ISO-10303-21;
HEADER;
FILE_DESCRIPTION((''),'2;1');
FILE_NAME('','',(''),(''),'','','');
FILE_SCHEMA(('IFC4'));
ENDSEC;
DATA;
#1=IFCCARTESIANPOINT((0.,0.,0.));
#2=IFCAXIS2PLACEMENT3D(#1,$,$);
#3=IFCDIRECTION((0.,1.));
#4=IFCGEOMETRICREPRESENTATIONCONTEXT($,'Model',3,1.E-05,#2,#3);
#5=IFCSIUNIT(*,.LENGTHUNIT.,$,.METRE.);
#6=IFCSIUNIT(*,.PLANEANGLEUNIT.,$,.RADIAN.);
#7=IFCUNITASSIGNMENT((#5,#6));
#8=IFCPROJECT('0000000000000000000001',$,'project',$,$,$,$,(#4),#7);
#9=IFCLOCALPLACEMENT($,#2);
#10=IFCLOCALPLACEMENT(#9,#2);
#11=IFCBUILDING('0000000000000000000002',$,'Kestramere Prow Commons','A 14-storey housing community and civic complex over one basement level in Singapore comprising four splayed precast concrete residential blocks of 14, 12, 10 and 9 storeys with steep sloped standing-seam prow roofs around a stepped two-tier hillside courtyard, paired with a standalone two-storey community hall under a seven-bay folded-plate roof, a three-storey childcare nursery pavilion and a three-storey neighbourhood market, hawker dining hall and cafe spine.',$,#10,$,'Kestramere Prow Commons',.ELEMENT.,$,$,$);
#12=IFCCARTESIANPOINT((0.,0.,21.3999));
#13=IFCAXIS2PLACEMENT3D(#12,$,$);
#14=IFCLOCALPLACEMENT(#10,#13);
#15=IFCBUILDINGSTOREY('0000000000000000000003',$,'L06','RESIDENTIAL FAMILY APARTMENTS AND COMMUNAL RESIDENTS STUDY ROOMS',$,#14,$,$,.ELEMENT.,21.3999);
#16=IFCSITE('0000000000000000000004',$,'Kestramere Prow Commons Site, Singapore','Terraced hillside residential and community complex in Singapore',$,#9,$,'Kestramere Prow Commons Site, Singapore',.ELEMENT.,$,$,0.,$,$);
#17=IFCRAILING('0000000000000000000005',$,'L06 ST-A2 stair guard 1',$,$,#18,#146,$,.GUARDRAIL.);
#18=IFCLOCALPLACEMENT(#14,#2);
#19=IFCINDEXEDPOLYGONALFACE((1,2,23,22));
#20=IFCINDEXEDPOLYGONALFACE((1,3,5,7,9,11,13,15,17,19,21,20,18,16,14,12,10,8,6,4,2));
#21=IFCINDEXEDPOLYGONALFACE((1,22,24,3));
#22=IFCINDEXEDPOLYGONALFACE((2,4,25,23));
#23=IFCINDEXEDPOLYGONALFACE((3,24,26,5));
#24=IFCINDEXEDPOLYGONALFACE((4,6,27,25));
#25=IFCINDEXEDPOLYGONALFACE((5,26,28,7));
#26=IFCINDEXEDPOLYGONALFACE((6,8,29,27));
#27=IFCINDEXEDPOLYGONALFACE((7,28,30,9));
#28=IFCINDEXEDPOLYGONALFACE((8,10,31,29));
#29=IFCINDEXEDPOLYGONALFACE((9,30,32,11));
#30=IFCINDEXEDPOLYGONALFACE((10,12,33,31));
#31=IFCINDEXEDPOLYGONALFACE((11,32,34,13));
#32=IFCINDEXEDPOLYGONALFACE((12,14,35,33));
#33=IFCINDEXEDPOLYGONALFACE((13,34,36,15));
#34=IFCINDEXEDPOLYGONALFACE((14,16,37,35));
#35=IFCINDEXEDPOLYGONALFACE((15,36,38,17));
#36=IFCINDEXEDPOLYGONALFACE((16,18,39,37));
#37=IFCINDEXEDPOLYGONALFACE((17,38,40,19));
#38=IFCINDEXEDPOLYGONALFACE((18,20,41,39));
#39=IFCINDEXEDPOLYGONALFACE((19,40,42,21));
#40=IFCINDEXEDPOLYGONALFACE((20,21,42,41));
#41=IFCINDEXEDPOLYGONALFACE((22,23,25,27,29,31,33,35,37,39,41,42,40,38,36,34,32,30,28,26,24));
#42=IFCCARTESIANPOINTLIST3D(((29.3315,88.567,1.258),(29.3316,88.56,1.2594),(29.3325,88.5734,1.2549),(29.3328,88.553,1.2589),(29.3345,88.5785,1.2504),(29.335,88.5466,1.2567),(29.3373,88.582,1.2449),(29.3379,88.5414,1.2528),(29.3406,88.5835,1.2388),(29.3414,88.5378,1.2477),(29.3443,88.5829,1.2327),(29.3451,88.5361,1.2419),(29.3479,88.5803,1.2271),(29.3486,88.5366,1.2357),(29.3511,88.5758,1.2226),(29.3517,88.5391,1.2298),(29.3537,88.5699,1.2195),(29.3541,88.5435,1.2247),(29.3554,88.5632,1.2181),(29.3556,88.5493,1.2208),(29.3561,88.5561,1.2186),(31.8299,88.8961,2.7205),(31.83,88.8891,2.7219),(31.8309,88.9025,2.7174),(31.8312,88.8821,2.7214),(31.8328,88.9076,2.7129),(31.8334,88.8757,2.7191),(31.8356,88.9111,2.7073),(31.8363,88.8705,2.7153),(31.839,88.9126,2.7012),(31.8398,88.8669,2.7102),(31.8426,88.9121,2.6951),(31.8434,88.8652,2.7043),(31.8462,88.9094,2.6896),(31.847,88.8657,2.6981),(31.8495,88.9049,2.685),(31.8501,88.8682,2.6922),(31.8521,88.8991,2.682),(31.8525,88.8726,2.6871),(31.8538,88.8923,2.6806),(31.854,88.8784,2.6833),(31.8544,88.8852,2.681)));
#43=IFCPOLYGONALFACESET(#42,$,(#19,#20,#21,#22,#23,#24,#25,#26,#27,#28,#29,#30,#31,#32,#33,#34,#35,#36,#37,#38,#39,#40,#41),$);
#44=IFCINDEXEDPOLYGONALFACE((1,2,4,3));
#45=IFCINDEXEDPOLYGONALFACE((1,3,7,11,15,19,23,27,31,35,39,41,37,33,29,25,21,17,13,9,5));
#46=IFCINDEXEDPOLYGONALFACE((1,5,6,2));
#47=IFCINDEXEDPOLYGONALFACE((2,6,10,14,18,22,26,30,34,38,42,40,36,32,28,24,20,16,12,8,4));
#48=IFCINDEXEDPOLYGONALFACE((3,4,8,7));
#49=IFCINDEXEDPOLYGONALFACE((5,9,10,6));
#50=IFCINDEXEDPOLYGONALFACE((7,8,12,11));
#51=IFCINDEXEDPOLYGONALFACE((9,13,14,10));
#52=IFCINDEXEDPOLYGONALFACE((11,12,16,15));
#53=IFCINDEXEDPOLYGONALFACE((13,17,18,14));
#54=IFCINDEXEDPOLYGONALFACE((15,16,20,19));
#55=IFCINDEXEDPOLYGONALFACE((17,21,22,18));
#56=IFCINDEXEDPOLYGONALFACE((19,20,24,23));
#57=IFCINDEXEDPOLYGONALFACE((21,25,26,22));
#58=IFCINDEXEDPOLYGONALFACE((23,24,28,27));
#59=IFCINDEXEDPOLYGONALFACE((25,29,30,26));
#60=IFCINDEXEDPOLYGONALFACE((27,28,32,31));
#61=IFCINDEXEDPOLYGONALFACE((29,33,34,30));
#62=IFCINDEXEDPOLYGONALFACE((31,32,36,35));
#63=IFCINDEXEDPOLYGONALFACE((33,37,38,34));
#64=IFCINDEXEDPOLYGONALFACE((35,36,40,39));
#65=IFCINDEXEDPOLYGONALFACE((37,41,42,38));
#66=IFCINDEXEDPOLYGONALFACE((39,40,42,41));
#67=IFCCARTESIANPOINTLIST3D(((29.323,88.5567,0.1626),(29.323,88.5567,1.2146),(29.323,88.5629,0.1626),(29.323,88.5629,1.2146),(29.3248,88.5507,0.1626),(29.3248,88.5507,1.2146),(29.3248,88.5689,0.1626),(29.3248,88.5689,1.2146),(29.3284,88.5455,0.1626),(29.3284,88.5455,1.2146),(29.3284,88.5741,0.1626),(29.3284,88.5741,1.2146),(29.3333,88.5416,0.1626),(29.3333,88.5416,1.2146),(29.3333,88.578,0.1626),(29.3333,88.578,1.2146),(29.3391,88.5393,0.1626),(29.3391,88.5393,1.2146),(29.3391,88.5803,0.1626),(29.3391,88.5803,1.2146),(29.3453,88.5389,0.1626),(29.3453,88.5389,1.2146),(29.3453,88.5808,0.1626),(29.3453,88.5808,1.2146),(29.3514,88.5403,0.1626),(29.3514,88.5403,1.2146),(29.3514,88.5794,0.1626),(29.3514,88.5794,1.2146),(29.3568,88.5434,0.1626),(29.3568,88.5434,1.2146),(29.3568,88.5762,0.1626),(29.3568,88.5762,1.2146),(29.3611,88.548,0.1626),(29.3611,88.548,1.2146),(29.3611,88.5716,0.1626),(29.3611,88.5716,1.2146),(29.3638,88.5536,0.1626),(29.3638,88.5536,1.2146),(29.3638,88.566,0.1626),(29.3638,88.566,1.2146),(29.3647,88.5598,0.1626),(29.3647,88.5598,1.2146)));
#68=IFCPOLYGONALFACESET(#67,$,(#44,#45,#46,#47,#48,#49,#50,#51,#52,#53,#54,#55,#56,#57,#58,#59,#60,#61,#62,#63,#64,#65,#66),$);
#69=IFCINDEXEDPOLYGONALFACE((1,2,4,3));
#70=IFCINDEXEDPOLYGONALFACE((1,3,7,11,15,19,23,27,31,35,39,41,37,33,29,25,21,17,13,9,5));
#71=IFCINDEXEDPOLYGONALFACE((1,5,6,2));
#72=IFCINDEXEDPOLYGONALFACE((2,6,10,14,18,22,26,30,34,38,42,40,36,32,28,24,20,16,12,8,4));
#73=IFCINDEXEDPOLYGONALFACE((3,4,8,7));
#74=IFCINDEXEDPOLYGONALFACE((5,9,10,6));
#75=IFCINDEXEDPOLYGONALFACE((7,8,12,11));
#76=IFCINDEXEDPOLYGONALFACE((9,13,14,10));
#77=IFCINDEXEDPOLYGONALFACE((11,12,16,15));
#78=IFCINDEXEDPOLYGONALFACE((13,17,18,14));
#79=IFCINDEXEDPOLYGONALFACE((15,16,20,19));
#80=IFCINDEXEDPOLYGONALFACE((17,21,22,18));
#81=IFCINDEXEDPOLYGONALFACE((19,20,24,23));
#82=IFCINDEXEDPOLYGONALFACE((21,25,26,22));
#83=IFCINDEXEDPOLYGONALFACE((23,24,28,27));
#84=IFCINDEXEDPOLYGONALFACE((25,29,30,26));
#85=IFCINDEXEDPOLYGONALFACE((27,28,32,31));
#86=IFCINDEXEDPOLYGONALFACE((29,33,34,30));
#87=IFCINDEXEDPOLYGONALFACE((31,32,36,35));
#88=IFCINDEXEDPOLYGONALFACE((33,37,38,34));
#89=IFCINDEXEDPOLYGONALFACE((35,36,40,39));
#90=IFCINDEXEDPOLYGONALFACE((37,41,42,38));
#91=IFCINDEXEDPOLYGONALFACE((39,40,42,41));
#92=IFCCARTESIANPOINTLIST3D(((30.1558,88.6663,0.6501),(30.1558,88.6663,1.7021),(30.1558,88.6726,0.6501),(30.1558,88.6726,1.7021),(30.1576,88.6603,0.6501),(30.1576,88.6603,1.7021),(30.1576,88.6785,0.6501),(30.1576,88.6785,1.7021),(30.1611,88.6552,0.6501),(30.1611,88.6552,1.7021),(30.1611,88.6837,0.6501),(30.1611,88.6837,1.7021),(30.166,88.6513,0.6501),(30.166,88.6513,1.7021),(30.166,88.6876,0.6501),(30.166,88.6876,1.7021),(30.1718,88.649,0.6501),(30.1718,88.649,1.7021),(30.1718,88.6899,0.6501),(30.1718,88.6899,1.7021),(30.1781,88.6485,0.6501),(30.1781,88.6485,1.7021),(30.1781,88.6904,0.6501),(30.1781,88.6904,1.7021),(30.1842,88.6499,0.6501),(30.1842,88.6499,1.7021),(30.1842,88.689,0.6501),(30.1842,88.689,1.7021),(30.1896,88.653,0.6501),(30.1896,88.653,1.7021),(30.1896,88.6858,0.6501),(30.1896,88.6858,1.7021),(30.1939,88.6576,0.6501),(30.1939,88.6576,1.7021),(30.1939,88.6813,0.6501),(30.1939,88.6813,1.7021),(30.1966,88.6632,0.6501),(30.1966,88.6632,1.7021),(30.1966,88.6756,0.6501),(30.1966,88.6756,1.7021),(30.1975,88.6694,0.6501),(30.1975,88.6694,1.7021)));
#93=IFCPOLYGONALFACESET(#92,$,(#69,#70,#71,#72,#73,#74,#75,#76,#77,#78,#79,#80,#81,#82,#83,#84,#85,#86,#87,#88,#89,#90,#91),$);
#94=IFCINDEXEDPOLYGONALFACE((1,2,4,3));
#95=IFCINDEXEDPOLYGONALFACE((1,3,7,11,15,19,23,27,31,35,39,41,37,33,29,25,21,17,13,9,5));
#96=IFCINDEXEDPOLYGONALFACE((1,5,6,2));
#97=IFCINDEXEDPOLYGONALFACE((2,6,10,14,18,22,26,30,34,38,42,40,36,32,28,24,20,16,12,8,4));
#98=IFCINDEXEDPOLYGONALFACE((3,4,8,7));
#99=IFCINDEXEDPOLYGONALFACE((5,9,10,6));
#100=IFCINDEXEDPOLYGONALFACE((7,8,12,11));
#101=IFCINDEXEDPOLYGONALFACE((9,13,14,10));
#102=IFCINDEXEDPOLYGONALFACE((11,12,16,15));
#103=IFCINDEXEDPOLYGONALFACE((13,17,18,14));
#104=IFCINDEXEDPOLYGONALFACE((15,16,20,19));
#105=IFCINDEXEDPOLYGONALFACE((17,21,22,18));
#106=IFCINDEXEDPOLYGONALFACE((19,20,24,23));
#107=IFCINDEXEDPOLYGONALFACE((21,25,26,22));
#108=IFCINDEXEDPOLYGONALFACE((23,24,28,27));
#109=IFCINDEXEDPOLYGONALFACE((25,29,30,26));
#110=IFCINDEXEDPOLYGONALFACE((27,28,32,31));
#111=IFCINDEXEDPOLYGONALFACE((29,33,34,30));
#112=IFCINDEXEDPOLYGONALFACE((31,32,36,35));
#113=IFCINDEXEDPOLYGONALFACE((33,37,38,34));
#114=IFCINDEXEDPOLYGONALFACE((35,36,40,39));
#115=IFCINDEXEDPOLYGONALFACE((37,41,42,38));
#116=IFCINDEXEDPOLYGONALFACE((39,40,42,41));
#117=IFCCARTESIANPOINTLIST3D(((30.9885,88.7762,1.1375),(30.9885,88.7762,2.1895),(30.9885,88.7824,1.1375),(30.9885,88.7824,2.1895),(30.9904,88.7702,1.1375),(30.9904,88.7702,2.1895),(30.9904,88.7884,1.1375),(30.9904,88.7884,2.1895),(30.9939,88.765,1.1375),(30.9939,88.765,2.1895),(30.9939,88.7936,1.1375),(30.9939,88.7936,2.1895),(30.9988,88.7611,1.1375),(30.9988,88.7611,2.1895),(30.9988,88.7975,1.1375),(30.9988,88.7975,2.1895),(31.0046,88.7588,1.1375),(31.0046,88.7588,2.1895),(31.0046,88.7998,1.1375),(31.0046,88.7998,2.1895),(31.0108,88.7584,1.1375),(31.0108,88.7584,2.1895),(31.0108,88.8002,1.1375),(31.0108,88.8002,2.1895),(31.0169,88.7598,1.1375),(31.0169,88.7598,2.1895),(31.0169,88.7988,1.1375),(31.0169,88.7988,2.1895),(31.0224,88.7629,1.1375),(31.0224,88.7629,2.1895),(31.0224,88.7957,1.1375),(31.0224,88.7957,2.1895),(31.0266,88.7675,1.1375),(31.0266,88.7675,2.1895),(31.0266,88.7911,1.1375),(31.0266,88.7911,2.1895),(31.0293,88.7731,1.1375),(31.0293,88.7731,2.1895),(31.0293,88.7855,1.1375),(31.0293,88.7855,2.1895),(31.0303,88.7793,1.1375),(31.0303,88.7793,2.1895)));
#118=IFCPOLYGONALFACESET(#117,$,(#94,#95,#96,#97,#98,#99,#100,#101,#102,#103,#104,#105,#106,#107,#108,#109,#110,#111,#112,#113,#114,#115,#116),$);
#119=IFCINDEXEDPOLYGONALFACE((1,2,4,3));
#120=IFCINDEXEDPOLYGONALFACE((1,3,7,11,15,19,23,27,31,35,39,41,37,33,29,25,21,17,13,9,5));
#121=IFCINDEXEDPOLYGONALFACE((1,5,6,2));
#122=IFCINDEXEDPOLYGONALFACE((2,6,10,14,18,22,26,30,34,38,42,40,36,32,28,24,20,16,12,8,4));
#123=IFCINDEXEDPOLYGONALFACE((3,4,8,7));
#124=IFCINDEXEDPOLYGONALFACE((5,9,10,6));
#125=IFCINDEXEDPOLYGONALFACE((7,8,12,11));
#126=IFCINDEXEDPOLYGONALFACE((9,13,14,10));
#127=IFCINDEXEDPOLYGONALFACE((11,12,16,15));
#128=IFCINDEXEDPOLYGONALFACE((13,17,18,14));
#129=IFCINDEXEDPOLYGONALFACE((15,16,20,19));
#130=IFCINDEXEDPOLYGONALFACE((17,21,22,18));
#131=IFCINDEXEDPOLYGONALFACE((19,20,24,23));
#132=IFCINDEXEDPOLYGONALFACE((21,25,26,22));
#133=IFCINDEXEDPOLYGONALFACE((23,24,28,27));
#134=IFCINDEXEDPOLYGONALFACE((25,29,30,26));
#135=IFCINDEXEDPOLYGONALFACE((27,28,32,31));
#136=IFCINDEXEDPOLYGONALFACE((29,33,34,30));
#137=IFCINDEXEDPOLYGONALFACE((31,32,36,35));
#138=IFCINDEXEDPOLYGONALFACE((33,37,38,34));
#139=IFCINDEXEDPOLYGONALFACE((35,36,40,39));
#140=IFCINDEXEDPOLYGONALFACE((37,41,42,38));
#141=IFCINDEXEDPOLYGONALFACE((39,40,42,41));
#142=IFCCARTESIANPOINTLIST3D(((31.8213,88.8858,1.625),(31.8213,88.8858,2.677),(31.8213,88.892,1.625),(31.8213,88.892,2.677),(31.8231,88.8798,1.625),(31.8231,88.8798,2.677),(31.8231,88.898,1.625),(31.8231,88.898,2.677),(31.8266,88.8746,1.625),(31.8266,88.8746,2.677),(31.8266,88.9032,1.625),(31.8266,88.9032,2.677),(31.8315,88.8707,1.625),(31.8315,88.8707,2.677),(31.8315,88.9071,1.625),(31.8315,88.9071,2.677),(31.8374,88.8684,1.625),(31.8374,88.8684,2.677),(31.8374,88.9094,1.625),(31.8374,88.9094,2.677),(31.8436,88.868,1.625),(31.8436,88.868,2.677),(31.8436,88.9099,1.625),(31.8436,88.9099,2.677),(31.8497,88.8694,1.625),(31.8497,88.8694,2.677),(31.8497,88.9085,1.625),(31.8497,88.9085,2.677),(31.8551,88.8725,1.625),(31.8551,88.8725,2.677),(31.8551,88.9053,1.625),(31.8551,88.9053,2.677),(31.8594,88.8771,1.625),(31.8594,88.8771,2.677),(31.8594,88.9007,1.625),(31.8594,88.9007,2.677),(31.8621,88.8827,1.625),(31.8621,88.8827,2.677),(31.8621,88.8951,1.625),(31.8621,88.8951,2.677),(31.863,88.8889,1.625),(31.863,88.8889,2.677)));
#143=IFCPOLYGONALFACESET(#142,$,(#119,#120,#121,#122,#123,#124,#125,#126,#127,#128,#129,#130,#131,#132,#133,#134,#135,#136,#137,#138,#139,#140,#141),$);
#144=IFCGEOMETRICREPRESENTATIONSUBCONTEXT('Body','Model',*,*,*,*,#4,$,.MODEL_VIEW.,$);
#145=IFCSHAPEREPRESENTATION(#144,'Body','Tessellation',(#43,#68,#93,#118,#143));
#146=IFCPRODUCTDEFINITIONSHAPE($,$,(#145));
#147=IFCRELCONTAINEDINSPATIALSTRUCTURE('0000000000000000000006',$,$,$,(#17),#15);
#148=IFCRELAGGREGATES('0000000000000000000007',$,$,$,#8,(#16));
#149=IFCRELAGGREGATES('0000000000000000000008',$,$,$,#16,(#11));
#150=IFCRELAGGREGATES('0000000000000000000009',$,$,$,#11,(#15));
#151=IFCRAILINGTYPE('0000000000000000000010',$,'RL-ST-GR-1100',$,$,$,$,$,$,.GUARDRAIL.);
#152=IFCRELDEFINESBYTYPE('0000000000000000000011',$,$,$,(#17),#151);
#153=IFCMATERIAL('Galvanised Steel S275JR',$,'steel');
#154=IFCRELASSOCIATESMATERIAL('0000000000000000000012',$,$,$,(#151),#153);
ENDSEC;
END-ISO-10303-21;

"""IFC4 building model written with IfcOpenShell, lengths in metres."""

from ifc_helpers import new_model, si_unit, direction, frame, origin, origin_2d, place, context, subcontext, project, spatial, circle, extrude, material, type_object, element, save


model = new_model("IFC4")

# Units and contexts
model_context = context("Model", 3, precision=1e-05, world=origin(), true_north=direction((0.0, 1.0)))
body_context = subcontext(model_context, "Body", "Model", "MODEL_VIEW")
ifc_project = project(units=[si_unit("LENGTHUNIT", "METRE"), si_unit("PLANEANGLEUNIT", "RADIAN")], contexts=[model_context])

# Site, building, storey
site_placement = place(None, origin())
site = spatial("IfcSite", under=ifc_project, at=site_placement, Name="Kestramere Prow Commons Site, Singapore", Description="Terraced hillside residential and community complex in Singapore", LongName="Kestramere Prow Commons Site, Singapore", CompositionType="ELEMENT", RefElevation=0.0)
building_placement = place(site_placement, origin())
building = spatial("IfcBuilding", under=site, at=building_placement, Name="Kestramere Prow Commons", Description="A 14-storey housing community and civic complex over one basement level in Singapore comprising four splayed precast concrete residential blocks of 14, 12, 10 and 9 storeys with steep sloped standing-seam prow roofs around a stepped two-tier hillside courtyard, paired with a standalone two-storey community hall under a seven-bay folded-plate roof, a three-storey childcare nursery pavilion and a three-storey neighbourhood market, hawker dining hall and cafe spine.", LongName="Kestramere Prow Commons", CompositionType="ELEMENT")
storey_placement = place(building_placement, frame((0.0, 0.0, 21.3999)))
storey = spatial("IfcBuildingStorey", under=building, at=storey_placement, Name="L06", Description="RESIDENTIAL FAMILY APARTMENTS AND COMMUNAL RESIDENTS STUDY ROOMS", CompositionType="ELEMENT", Elevation=21.3999)

# Railing
ifc_material_1 = material(Name="Galvanised Steel S275JR", Category="steel")
railing_type_1 = type_object("IfcRailingType", Name="RL-ST-GR-1100", PredefinedType="GUARDRAIL", material=ifc_material_1)
railing_1_placement = place(storey_placement, frame((29.3438, 88.5598, 0.1626)))
element("IfcRailing", 1, at=railing_1_placement, inside=storey, type_object=railing_type_1, Name="L06 ST-A2 stair guard 1", PredefinedType="GUARDRAIL", context=body_context, shape_type="SweptSolid", body=[
    extrude(circle(Radius=0.0239, at=origin_2d()), frame((0.0, 0.0, 1.0762), z_axis=(0.857493, 0.112958, 0.501943), x_axis=(-0.130602, 0.991435, 0.0)), (0.0, 0.0, 1.0), 2.9136),
    extrude(circle(Radius=0.021, at=origin_2d()), origin(), (0.0, 0.0, 1.0), 1.052),
    extrude(circle(Radius=0.021, at=origin_2d()), frame((0.8328, 0.1096, 0.4875)), (0.0, 0.0, 1.0), 1.052),
    extrude(circle(Radius=0.021, at=origin_2d()), frame((1.6655, 0.2195, 0.9749)), (0.0, 0.0, 1.0), 1.052),
    extrude(circle(Radius=0.021, at=origin_2d()), frame((2.4983, 0.3291, 1.4624)), (0.0, 0.0, 1.0), 1.052),
])

save(model, "model.ifc")
